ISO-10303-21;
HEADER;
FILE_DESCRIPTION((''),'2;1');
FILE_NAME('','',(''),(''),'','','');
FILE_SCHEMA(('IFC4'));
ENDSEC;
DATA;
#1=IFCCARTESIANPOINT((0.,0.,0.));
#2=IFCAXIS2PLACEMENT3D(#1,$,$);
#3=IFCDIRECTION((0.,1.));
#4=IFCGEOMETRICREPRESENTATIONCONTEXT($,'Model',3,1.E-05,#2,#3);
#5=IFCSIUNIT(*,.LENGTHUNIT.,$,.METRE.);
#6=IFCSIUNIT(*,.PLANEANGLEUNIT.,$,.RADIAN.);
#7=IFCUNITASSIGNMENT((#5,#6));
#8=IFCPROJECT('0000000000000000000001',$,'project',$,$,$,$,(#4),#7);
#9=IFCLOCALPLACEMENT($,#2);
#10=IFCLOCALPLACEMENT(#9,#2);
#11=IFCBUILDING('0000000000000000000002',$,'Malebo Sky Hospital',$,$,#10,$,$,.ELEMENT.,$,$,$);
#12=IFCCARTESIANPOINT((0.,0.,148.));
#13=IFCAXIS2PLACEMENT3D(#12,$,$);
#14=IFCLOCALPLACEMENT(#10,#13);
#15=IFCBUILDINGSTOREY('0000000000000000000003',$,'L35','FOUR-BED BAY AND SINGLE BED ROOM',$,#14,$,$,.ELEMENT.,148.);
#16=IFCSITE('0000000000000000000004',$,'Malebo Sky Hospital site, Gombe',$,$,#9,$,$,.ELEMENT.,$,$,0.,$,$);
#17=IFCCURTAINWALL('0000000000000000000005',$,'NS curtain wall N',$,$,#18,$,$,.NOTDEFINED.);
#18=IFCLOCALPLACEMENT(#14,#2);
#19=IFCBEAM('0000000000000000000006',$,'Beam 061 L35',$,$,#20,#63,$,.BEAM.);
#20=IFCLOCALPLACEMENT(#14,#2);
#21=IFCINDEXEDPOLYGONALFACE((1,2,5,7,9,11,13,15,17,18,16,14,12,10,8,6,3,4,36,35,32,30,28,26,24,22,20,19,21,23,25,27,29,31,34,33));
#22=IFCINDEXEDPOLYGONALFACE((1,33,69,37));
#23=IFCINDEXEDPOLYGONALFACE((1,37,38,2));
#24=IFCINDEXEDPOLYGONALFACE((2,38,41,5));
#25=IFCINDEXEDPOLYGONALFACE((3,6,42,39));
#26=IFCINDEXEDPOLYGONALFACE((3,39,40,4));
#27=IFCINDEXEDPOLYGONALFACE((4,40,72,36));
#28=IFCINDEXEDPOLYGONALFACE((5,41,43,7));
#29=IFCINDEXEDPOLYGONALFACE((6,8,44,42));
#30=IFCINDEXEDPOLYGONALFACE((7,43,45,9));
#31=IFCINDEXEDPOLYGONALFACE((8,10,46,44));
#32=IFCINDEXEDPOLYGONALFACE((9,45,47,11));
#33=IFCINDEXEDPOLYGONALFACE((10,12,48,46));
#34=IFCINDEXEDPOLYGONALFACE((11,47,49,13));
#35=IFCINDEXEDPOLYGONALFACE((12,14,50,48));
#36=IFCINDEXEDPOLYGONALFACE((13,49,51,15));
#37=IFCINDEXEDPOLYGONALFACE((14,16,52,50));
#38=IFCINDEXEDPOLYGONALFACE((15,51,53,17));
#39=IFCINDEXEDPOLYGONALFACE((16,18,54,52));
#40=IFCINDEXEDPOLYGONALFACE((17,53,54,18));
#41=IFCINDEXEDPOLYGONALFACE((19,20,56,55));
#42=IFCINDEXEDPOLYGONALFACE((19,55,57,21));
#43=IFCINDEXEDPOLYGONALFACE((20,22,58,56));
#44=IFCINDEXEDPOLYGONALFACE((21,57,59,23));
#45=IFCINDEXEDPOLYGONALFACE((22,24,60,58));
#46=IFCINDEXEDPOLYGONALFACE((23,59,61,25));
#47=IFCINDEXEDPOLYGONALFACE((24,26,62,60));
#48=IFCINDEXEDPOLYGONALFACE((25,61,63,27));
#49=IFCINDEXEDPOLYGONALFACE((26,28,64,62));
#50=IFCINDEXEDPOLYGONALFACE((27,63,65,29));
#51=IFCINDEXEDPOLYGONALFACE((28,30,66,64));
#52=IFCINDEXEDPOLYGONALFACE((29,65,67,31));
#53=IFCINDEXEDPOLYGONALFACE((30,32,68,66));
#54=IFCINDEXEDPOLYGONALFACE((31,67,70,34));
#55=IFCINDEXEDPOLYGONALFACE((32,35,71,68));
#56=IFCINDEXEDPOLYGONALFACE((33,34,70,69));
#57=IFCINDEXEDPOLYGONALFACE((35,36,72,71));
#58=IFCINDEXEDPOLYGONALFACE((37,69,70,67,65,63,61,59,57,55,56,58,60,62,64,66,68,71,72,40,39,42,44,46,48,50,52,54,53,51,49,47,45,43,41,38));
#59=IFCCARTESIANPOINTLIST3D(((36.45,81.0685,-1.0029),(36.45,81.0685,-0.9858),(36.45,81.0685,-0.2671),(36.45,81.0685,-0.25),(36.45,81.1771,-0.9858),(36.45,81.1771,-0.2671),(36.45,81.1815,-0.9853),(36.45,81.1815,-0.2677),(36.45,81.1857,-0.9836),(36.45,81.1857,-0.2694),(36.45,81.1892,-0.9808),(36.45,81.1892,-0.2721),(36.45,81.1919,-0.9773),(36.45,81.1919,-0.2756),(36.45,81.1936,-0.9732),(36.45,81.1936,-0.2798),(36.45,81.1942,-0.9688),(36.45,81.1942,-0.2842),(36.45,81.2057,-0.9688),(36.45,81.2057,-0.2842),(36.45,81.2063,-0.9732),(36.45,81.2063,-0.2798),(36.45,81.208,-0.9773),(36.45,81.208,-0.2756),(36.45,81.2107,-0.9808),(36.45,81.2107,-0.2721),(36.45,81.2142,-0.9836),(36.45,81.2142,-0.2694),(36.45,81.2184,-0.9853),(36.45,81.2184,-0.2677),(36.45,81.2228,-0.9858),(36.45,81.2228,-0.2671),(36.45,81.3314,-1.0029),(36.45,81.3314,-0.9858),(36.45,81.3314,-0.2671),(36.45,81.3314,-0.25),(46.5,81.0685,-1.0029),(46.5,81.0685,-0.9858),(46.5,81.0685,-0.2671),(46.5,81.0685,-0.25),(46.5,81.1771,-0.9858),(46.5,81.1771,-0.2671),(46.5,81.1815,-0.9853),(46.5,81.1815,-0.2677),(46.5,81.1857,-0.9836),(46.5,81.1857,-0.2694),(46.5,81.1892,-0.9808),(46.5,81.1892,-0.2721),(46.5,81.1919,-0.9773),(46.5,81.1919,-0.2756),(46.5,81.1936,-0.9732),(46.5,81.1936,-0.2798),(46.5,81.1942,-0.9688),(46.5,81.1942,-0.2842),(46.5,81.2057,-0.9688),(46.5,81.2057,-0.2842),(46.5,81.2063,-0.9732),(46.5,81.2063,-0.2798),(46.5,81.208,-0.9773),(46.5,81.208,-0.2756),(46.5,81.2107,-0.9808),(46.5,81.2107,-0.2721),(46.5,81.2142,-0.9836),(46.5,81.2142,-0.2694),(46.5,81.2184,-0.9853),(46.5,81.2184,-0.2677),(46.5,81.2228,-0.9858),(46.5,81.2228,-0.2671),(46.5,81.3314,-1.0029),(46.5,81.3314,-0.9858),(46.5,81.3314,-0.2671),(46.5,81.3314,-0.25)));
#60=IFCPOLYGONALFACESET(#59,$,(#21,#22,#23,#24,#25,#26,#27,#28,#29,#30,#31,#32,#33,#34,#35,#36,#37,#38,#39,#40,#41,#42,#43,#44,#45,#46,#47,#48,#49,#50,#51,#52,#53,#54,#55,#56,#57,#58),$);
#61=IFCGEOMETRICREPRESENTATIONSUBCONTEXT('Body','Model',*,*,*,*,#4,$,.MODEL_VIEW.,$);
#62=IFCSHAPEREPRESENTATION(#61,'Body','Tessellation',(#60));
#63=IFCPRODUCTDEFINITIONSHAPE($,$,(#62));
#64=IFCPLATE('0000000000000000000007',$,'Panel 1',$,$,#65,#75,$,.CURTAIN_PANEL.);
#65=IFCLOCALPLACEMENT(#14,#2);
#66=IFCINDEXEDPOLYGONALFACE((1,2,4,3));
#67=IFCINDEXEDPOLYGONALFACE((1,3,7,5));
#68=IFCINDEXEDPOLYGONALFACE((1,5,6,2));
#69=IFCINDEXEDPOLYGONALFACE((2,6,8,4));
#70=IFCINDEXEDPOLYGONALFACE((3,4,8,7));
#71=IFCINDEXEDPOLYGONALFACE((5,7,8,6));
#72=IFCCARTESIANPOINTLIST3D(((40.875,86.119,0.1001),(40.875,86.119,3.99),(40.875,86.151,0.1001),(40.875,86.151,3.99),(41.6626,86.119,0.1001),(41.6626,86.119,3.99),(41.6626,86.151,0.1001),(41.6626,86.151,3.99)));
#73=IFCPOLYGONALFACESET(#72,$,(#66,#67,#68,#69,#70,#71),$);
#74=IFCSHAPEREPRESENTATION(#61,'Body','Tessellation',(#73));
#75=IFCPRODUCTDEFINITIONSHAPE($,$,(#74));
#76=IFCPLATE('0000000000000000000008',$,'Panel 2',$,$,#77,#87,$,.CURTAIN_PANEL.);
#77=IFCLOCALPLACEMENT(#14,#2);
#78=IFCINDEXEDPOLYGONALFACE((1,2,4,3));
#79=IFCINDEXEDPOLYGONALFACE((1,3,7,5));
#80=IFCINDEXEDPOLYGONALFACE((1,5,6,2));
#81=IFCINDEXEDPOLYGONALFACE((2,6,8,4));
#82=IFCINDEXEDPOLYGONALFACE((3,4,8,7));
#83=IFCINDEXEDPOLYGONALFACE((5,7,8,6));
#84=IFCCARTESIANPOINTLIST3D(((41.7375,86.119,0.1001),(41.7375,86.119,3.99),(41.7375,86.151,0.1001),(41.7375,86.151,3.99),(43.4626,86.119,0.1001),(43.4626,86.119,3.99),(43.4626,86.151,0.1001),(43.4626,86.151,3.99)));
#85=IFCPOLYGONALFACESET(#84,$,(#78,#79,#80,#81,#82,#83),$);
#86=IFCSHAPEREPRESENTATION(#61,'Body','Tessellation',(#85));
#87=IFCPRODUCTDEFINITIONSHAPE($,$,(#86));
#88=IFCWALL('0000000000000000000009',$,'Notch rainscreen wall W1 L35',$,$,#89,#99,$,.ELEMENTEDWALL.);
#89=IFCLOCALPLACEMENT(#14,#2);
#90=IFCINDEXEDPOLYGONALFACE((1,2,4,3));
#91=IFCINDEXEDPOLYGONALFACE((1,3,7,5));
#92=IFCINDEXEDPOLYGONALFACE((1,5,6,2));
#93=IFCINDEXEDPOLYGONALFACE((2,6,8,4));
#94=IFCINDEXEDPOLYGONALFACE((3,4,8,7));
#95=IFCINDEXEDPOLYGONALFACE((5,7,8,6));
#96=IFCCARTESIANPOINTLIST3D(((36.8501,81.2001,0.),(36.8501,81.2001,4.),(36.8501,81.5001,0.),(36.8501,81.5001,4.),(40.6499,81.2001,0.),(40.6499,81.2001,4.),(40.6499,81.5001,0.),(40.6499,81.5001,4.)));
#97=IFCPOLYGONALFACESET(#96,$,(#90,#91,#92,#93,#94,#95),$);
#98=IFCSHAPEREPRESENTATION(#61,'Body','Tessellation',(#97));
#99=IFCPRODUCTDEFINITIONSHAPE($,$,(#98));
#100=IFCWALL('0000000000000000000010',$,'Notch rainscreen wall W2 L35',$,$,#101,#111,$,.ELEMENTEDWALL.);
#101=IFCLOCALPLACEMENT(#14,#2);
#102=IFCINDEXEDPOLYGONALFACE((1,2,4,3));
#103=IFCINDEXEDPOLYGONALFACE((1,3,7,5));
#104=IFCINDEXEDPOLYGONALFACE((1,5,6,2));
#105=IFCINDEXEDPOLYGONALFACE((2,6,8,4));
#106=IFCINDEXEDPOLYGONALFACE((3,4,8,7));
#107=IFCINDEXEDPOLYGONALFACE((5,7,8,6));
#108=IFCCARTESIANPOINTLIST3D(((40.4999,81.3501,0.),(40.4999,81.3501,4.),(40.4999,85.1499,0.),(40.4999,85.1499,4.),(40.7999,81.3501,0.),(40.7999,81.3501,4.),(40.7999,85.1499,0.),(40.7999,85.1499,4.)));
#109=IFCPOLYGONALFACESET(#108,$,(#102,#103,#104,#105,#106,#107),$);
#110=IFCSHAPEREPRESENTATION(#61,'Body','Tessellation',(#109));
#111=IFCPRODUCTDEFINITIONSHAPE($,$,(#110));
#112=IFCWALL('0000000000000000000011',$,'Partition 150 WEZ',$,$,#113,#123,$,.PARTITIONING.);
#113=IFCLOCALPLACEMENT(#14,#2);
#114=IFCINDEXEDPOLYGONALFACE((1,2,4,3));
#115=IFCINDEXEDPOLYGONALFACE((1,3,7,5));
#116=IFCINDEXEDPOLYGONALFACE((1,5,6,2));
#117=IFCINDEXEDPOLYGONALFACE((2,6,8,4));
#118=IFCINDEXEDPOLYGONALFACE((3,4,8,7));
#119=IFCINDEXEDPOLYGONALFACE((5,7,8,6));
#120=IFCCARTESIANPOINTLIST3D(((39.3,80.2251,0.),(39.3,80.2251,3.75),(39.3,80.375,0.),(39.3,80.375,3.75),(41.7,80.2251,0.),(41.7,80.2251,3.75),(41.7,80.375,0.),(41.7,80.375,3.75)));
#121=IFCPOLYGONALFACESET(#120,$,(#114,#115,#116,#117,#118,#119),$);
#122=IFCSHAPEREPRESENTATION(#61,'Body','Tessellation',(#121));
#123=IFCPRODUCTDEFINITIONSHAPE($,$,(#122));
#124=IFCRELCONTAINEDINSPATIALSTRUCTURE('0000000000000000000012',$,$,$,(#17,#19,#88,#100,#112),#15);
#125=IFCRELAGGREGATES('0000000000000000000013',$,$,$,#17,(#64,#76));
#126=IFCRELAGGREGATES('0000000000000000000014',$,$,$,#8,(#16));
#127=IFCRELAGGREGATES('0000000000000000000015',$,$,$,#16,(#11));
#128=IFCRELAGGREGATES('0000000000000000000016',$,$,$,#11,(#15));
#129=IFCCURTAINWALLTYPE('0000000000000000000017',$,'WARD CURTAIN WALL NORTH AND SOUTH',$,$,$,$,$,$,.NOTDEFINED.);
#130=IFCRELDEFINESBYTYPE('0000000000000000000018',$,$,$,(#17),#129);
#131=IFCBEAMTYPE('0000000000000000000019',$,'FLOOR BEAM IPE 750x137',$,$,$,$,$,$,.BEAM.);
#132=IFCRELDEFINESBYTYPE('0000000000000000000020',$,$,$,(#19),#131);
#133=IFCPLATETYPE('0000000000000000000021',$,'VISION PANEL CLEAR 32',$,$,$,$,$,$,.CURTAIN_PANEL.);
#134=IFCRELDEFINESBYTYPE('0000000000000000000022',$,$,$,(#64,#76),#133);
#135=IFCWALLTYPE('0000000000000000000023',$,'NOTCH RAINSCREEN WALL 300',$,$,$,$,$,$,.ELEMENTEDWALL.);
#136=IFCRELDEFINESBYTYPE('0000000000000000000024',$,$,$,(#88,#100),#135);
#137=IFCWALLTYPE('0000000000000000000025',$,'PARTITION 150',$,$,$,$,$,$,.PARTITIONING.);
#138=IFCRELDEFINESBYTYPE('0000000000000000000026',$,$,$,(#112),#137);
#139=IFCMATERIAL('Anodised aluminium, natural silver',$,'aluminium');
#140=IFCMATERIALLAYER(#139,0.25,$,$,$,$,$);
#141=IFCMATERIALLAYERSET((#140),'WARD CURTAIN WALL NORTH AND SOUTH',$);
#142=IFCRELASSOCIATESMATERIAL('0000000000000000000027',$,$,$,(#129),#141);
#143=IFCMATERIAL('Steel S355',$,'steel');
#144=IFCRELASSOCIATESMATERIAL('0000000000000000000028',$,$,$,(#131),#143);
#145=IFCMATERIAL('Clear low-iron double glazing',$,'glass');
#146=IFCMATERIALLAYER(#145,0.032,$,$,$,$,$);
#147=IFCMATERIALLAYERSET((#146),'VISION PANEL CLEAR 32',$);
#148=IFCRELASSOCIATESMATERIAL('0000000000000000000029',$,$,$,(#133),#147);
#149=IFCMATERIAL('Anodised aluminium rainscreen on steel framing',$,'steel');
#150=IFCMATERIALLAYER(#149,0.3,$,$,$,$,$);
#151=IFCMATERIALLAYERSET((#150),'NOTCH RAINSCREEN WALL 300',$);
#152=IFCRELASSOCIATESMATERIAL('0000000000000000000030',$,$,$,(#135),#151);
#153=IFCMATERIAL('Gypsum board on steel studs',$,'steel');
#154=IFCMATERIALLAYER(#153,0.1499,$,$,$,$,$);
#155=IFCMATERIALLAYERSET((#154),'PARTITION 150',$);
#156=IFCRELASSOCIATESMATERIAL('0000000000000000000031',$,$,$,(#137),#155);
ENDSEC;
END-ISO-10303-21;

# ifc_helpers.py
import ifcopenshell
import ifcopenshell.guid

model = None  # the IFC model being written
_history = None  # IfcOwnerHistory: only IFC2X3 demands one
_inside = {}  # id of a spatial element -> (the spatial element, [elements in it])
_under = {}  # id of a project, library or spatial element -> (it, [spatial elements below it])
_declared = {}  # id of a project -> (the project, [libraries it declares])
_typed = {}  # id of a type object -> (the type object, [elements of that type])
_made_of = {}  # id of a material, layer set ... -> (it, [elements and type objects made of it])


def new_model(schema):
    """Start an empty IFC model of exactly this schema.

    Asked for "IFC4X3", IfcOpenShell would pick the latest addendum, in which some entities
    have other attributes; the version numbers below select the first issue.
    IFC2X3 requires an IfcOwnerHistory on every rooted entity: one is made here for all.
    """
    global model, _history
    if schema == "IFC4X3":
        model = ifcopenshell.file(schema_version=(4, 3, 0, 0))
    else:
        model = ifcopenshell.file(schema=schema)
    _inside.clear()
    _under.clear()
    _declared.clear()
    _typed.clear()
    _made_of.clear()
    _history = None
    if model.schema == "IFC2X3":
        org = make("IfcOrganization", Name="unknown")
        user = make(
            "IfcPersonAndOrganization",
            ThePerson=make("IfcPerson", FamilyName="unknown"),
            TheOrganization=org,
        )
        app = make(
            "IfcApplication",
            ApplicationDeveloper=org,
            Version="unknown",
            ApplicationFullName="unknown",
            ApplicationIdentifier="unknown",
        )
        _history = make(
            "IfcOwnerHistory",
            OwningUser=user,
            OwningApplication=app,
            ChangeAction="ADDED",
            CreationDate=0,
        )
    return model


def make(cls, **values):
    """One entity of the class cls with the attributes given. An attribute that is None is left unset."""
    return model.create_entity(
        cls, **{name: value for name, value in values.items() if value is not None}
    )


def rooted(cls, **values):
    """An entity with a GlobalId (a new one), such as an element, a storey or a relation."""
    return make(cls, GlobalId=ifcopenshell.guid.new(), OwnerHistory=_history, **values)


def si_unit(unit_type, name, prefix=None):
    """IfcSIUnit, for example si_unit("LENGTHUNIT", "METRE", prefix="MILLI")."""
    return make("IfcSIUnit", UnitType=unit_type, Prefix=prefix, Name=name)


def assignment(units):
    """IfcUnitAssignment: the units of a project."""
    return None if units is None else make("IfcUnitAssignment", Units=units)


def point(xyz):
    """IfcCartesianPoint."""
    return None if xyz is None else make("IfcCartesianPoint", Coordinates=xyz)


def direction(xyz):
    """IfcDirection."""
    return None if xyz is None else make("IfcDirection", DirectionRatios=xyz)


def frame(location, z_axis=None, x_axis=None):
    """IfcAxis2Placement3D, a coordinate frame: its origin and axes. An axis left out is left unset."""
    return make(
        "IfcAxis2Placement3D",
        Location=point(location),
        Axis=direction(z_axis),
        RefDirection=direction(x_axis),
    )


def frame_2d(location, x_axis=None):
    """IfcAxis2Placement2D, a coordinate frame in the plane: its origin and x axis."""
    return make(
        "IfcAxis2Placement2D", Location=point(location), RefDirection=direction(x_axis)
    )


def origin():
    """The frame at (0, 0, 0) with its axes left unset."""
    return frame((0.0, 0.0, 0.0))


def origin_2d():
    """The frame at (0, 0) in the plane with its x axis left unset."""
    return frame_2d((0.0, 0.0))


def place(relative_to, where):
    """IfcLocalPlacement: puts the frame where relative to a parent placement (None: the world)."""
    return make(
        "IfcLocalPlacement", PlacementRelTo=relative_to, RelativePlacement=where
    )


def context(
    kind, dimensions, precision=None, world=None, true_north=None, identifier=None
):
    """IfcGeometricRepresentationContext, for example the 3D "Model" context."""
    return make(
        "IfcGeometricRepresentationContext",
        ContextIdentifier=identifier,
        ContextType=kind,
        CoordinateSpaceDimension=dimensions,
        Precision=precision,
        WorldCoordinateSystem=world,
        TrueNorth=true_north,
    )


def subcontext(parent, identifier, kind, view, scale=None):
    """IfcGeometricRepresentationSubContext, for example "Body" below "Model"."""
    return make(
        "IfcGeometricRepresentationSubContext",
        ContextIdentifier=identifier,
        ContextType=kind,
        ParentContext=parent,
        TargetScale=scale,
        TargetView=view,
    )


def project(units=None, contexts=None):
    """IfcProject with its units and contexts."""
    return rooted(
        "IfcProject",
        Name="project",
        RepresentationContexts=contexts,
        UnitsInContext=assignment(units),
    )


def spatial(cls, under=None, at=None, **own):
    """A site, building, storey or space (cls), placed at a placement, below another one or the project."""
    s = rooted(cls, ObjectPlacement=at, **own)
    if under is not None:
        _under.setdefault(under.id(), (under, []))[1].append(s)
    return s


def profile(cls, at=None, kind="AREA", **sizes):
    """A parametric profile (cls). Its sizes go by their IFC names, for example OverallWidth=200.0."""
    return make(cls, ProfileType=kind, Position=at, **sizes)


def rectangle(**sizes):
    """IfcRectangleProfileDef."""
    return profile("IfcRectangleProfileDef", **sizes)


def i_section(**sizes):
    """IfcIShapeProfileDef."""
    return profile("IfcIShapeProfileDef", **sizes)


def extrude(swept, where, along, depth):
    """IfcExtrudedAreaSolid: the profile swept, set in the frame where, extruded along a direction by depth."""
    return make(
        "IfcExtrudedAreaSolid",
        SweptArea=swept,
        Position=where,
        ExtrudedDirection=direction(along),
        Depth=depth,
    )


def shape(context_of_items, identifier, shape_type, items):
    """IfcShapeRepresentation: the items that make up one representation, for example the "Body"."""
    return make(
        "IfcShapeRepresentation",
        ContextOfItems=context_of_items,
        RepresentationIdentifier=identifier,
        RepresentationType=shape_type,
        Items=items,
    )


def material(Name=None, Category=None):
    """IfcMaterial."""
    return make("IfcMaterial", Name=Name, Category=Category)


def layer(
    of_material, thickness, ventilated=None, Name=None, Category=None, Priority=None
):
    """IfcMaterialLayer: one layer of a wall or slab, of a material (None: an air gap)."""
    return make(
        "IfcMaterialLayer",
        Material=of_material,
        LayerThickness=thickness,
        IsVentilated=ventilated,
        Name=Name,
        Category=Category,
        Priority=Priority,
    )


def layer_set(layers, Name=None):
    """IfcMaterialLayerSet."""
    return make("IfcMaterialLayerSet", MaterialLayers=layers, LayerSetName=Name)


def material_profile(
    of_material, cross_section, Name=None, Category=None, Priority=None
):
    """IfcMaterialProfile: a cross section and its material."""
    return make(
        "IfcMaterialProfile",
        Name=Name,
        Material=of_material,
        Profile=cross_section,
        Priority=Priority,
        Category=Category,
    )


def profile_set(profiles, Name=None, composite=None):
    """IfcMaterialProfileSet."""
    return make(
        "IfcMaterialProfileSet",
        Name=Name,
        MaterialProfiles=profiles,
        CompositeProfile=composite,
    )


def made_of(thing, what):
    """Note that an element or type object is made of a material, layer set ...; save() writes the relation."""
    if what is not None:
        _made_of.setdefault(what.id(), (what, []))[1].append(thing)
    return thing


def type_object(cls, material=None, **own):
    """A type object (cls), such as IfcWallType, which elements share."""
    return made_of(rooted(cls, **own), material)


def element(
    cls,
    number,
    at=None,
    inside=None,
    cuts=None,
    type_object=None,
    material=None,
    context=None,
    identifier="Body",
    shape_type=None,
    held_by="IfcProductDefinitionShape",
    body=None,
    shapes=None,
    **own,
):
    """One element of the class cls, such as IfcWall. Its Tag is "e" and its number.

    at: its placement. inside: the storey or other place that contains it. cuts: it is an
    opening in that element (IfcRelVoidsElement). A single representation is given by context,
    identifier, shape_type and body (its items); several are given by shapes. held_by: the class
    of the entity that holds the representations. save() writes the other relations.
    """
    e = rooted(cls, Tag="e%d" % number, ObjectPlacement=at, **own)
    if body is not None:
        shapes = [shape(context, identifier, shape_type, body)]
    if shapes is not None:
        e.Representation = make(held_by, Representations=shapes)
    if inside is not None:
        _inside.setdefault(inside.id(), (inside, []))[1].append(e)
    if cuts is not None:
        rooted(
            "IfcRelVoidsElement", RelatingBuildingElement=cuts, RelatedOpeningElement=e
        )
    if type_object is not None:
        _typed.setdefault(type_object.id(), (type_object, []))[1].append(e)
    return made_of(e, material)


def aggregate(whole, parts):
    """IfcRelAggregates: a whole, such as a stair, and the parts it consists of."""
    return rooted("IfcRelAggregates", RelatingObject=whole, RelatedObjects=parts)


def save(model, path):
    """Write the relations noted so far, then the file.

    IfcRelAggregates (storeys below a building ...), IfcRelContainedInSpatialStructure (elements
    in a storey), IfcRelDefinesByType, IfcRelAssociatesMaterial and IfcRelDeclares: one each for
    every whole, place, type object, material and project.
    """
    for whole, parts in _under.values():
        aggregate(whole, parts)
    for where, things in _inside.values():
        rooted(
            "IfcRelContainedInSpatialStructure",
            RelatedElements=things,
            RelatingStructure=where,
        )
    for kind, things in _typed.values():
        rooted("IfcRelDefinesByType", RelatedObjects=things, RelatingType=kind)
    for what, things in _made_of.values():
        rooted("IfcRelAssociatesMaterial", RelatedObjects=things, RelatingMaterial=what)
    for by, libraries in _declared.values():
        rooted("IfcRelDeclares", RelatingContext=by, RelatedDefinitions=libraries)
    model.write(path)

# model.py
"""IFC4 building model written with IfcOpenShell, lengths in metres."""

from ifc_helpers import new_model, si_unit, direction, frame, frame_2d, origin, origin_2d, place, context, subcontext, project, spatial, rectangle, i_section, extrude, material, layer, layer_set, material_profile, profile_set, type_object, element, aggregate, save


model = new_model("IFC4")

# Units and contexts
model_context = context("Model", 3, precision=1e-05, world=origin(), true_north=direction((0.0, 1.0)))
body_context = subcontext(model_context, "Body", "Model", "MODEL_VIEW")
ifc_project = project(units=[si_unit("LENGTHUNIT", "METRE"), si_unit("PLANEANGLEUNIT", "RADIAN")], contexts=[model_context])

# Site, building, storey
site_placement = place(None, origin())
site = spatial("IfcSite", under=ifc_project, at=site_placement, Name="Malebo Sky Hospital site, Gombe", CompositionType="ELEMENT", RefElevation=0.0)
building_placement = place(site_placement, origin())
building = spatial("IfcBuilding", under=site, at=building_placement, Name="Malebo Sky Hospital", CompositionType="ELEMENT")
storey_placement = place(building_placement, frame((0.0, 0.0, 148.0)))
storey = spatial("IfcBuildingStorey", under=building, at=storey_placement, Name="L35", Description="FOUR-BED BAY AND SINGLE BED ROOM", CompositionType="ELEMENT", Elevation=148.0)

# Curtain wall
ifc_material_1 = material(Name="Anodised aluminium, natural silver", Category="aluminium")
ifc_layer_1 = layer(ifc_material_1, 0.25)
ifc_layer_set_1 = layer_set([ifc_layer_1], Name="WARD CURTAIN WALL NORTH AND SOUTH")
curtain_wall_type_1 = type_object("IfcCurtainWallType", Name="WARD CURTAIN WALL NORTH AND SOUTH", PredefinedType="NOTDEFINED", material=ifc_layer_set_1)
curtain_wall_1_placement = place(storey_placement, origin())
curtain_wall_1 = element("IfcCurtainWall", 1, at=curtain_wall_1_placement, inside=storey, type_object=curtain_wall_type_1, Name="NS curtain wall N", PredefinedType="NOTDEFINED")

# Beam
ifc_material_2 = material(Name="Steel S355", Category="steel")
ifc_material_profile_1 = material_profile(ifc_material_2, i_section(OverallWidth=0.2629, OverallDepth=0.7529, WebThickness=0.0115, FlangeThickness=0.0171, FilletRadius=0.0171, at=origin_2d()), Name="IPE 750x137")
ifc_profile_set_1 = profile_set([ifc_material_profile_1], Name="Steel S355")
beam_type_1 = type_object("IfcBeamType", Name="FLOOR BEAM IPE 750x137", PredefinedType="BEAM", material=ifc_profile_set_1)
beam_1_placement = place(storey_placement, frame((36.45, 81.2, -0.6265), z_axis=(1.0, 0.0, 0.0), x_axis=(0.0, 1.0, 0.0)))
element("IfcBeam", 2, at=beam_1_placement, inside=storey, type_object=beam_type_1, Name="Beam 061 L35", PredefinedType="BEAM", context=body_context, shape_type="SweptSolid", body=[
    extrude(i_section(OverallWidth=0.2629, OverallDepth=0.7529, WebThickness=0.0115, FlangeThickness=0.0171, FilletRadius=0.0171, at=origin_2d()), origin(), (0.0, 0.0, 1.0), 10.05),
])

# Plates
ifc_material_3 = material(Name="Clear low-iron double glazing", Category="glass")
ifc_layer_2 = layer(ifc_material_3, 0.032)
ifc_layer_set_2 = layer_set([ifc_layer_2], Name="VISION PANEL CLEAR 32")
plate_type = type_object("IfcPlateType", Name="VISION PANEL CLEAR 32", PredefinedType="CURTAIN_PANEL", material=ifc_layer_set_2)
plate_1_placement = place(storey_placement, frame((41.2688, 86.135, 0.1001), z_axis=(0.0, 0.0, 1.0), x_axis=(1.0, 0.0, 0.0)))
plate_1 = element("IfcPlate", 3, at=plate_1_placement, type_object=plate_type, Name="Panel 1", PredefinedType="CURTAIN_PANEL", context=body_context, shape_type="SweptSolid", body=[
    extrude(rectangle(XDim=0.7876, YDim=0.032, at=origin_2d()), origin(), (0.0, 0.0, 1.0), 3.8899),
])
plate_2_placement = place(storey_placement, frame((42.6001, 86.135, 0.1001), z_axis=(0.0, 0.0, 1.0), x_axis=(1.0, 0.0, 0.0)))
plate_2 = element("IfcPlate", 4, at=plate_2_placement, type_object=plate_type, Name="Panel 2", PredefinedType="CURTAIN_PANEL", context=body_context, shape_type="SweptSolid", body=[
    extrude(rectangle(XDim=1.7251, YDim=0.032, at=origin_2d()), origin(), (0.0, 0.0, 1.0), 3.8899),
])
aggregate(curtain_wall_1, [plate_1, plate_2])

# Walls
ifc_material_4 = material(Name="Anodised aluminium rainscreen on steel framing", Category="steel")
ifc_layer_3 = layer(ifc_material_4, 0.3)
ifc_layer_set_3 = layer_set([ifc_layer_3], Name="NOTCH RAINSCREEN WALL 300")
wall_type_1 = type_object("IfcWallType", Name="NOTCH RAINSCREEN WALL 300", PredefinedType="ELEMENTEDWALL", material=ifc_layer_set_3)
for number, where, z_axis, x_axis, name in (
    (5, (36.8501, 81.3501, 0.0), (0.0, 0.0, 1.0), (1.0, 0.0, 0.0), "Notch rainscreen wall W1 L35"),
    (6, (40.6499, 81.3501, 0.0), (0.0, 0.0, 1.0), (0.0, 1.0, 0.0), "Notch rainscreen wall W2 L35"),
):
    element("IfcWall", number, at=place(storey_placement, frame(where, z_axis=z_axis, x_axis=x_axis)), inside=storey, type_object=wall_type_1, Name=name, PredefinedType="ELEMENTEDWALL", context=body_context, shape_type="SweptSolid", body=[
        extrude(rectangle(XDim=3.7998, YDim=0.3, at=frame_2d((1.8999, 0.0))), origin(), (0.0, 0.0, 1.0), 4.0),
    ])
ifc_material_5 = material(Name="Gypsum board on steel studs", Category="steel")
ifc_layer_4 = layer(ifc_material_5, 0.1499)
ifc_layer_set_4 = layer_set([ifc_layer_4], Name="PARTITION 150")
wall_type_2 = type_object("IfcWallType", Name="PARTITION 150", PredefinedType="PARTITIONING", material=ifc_layer_set_4)
wall_placement = place(storey_placement, frame((41.7, 80.3, 0.0), z_axis=(0.0, 0.0, 1.0), x_axis=(-1.0, 0.0, 0.0)))
element("IfcWall", 7, at=wall_placement, inside=storey, type_object=wall_type_2, Name="Partition 150 WEZ", PredefinedType="PARTITIONING", context=body_context, shape_type="SweptSolid", body=[
    extrude(rectangle(XDim=2.3999, YDim=0.1499, at=frame_2d((1.2, 0.0))), origin(), (0.0, 0.0, 1.0), 3.75),
])

save(model, "model.ifc")
